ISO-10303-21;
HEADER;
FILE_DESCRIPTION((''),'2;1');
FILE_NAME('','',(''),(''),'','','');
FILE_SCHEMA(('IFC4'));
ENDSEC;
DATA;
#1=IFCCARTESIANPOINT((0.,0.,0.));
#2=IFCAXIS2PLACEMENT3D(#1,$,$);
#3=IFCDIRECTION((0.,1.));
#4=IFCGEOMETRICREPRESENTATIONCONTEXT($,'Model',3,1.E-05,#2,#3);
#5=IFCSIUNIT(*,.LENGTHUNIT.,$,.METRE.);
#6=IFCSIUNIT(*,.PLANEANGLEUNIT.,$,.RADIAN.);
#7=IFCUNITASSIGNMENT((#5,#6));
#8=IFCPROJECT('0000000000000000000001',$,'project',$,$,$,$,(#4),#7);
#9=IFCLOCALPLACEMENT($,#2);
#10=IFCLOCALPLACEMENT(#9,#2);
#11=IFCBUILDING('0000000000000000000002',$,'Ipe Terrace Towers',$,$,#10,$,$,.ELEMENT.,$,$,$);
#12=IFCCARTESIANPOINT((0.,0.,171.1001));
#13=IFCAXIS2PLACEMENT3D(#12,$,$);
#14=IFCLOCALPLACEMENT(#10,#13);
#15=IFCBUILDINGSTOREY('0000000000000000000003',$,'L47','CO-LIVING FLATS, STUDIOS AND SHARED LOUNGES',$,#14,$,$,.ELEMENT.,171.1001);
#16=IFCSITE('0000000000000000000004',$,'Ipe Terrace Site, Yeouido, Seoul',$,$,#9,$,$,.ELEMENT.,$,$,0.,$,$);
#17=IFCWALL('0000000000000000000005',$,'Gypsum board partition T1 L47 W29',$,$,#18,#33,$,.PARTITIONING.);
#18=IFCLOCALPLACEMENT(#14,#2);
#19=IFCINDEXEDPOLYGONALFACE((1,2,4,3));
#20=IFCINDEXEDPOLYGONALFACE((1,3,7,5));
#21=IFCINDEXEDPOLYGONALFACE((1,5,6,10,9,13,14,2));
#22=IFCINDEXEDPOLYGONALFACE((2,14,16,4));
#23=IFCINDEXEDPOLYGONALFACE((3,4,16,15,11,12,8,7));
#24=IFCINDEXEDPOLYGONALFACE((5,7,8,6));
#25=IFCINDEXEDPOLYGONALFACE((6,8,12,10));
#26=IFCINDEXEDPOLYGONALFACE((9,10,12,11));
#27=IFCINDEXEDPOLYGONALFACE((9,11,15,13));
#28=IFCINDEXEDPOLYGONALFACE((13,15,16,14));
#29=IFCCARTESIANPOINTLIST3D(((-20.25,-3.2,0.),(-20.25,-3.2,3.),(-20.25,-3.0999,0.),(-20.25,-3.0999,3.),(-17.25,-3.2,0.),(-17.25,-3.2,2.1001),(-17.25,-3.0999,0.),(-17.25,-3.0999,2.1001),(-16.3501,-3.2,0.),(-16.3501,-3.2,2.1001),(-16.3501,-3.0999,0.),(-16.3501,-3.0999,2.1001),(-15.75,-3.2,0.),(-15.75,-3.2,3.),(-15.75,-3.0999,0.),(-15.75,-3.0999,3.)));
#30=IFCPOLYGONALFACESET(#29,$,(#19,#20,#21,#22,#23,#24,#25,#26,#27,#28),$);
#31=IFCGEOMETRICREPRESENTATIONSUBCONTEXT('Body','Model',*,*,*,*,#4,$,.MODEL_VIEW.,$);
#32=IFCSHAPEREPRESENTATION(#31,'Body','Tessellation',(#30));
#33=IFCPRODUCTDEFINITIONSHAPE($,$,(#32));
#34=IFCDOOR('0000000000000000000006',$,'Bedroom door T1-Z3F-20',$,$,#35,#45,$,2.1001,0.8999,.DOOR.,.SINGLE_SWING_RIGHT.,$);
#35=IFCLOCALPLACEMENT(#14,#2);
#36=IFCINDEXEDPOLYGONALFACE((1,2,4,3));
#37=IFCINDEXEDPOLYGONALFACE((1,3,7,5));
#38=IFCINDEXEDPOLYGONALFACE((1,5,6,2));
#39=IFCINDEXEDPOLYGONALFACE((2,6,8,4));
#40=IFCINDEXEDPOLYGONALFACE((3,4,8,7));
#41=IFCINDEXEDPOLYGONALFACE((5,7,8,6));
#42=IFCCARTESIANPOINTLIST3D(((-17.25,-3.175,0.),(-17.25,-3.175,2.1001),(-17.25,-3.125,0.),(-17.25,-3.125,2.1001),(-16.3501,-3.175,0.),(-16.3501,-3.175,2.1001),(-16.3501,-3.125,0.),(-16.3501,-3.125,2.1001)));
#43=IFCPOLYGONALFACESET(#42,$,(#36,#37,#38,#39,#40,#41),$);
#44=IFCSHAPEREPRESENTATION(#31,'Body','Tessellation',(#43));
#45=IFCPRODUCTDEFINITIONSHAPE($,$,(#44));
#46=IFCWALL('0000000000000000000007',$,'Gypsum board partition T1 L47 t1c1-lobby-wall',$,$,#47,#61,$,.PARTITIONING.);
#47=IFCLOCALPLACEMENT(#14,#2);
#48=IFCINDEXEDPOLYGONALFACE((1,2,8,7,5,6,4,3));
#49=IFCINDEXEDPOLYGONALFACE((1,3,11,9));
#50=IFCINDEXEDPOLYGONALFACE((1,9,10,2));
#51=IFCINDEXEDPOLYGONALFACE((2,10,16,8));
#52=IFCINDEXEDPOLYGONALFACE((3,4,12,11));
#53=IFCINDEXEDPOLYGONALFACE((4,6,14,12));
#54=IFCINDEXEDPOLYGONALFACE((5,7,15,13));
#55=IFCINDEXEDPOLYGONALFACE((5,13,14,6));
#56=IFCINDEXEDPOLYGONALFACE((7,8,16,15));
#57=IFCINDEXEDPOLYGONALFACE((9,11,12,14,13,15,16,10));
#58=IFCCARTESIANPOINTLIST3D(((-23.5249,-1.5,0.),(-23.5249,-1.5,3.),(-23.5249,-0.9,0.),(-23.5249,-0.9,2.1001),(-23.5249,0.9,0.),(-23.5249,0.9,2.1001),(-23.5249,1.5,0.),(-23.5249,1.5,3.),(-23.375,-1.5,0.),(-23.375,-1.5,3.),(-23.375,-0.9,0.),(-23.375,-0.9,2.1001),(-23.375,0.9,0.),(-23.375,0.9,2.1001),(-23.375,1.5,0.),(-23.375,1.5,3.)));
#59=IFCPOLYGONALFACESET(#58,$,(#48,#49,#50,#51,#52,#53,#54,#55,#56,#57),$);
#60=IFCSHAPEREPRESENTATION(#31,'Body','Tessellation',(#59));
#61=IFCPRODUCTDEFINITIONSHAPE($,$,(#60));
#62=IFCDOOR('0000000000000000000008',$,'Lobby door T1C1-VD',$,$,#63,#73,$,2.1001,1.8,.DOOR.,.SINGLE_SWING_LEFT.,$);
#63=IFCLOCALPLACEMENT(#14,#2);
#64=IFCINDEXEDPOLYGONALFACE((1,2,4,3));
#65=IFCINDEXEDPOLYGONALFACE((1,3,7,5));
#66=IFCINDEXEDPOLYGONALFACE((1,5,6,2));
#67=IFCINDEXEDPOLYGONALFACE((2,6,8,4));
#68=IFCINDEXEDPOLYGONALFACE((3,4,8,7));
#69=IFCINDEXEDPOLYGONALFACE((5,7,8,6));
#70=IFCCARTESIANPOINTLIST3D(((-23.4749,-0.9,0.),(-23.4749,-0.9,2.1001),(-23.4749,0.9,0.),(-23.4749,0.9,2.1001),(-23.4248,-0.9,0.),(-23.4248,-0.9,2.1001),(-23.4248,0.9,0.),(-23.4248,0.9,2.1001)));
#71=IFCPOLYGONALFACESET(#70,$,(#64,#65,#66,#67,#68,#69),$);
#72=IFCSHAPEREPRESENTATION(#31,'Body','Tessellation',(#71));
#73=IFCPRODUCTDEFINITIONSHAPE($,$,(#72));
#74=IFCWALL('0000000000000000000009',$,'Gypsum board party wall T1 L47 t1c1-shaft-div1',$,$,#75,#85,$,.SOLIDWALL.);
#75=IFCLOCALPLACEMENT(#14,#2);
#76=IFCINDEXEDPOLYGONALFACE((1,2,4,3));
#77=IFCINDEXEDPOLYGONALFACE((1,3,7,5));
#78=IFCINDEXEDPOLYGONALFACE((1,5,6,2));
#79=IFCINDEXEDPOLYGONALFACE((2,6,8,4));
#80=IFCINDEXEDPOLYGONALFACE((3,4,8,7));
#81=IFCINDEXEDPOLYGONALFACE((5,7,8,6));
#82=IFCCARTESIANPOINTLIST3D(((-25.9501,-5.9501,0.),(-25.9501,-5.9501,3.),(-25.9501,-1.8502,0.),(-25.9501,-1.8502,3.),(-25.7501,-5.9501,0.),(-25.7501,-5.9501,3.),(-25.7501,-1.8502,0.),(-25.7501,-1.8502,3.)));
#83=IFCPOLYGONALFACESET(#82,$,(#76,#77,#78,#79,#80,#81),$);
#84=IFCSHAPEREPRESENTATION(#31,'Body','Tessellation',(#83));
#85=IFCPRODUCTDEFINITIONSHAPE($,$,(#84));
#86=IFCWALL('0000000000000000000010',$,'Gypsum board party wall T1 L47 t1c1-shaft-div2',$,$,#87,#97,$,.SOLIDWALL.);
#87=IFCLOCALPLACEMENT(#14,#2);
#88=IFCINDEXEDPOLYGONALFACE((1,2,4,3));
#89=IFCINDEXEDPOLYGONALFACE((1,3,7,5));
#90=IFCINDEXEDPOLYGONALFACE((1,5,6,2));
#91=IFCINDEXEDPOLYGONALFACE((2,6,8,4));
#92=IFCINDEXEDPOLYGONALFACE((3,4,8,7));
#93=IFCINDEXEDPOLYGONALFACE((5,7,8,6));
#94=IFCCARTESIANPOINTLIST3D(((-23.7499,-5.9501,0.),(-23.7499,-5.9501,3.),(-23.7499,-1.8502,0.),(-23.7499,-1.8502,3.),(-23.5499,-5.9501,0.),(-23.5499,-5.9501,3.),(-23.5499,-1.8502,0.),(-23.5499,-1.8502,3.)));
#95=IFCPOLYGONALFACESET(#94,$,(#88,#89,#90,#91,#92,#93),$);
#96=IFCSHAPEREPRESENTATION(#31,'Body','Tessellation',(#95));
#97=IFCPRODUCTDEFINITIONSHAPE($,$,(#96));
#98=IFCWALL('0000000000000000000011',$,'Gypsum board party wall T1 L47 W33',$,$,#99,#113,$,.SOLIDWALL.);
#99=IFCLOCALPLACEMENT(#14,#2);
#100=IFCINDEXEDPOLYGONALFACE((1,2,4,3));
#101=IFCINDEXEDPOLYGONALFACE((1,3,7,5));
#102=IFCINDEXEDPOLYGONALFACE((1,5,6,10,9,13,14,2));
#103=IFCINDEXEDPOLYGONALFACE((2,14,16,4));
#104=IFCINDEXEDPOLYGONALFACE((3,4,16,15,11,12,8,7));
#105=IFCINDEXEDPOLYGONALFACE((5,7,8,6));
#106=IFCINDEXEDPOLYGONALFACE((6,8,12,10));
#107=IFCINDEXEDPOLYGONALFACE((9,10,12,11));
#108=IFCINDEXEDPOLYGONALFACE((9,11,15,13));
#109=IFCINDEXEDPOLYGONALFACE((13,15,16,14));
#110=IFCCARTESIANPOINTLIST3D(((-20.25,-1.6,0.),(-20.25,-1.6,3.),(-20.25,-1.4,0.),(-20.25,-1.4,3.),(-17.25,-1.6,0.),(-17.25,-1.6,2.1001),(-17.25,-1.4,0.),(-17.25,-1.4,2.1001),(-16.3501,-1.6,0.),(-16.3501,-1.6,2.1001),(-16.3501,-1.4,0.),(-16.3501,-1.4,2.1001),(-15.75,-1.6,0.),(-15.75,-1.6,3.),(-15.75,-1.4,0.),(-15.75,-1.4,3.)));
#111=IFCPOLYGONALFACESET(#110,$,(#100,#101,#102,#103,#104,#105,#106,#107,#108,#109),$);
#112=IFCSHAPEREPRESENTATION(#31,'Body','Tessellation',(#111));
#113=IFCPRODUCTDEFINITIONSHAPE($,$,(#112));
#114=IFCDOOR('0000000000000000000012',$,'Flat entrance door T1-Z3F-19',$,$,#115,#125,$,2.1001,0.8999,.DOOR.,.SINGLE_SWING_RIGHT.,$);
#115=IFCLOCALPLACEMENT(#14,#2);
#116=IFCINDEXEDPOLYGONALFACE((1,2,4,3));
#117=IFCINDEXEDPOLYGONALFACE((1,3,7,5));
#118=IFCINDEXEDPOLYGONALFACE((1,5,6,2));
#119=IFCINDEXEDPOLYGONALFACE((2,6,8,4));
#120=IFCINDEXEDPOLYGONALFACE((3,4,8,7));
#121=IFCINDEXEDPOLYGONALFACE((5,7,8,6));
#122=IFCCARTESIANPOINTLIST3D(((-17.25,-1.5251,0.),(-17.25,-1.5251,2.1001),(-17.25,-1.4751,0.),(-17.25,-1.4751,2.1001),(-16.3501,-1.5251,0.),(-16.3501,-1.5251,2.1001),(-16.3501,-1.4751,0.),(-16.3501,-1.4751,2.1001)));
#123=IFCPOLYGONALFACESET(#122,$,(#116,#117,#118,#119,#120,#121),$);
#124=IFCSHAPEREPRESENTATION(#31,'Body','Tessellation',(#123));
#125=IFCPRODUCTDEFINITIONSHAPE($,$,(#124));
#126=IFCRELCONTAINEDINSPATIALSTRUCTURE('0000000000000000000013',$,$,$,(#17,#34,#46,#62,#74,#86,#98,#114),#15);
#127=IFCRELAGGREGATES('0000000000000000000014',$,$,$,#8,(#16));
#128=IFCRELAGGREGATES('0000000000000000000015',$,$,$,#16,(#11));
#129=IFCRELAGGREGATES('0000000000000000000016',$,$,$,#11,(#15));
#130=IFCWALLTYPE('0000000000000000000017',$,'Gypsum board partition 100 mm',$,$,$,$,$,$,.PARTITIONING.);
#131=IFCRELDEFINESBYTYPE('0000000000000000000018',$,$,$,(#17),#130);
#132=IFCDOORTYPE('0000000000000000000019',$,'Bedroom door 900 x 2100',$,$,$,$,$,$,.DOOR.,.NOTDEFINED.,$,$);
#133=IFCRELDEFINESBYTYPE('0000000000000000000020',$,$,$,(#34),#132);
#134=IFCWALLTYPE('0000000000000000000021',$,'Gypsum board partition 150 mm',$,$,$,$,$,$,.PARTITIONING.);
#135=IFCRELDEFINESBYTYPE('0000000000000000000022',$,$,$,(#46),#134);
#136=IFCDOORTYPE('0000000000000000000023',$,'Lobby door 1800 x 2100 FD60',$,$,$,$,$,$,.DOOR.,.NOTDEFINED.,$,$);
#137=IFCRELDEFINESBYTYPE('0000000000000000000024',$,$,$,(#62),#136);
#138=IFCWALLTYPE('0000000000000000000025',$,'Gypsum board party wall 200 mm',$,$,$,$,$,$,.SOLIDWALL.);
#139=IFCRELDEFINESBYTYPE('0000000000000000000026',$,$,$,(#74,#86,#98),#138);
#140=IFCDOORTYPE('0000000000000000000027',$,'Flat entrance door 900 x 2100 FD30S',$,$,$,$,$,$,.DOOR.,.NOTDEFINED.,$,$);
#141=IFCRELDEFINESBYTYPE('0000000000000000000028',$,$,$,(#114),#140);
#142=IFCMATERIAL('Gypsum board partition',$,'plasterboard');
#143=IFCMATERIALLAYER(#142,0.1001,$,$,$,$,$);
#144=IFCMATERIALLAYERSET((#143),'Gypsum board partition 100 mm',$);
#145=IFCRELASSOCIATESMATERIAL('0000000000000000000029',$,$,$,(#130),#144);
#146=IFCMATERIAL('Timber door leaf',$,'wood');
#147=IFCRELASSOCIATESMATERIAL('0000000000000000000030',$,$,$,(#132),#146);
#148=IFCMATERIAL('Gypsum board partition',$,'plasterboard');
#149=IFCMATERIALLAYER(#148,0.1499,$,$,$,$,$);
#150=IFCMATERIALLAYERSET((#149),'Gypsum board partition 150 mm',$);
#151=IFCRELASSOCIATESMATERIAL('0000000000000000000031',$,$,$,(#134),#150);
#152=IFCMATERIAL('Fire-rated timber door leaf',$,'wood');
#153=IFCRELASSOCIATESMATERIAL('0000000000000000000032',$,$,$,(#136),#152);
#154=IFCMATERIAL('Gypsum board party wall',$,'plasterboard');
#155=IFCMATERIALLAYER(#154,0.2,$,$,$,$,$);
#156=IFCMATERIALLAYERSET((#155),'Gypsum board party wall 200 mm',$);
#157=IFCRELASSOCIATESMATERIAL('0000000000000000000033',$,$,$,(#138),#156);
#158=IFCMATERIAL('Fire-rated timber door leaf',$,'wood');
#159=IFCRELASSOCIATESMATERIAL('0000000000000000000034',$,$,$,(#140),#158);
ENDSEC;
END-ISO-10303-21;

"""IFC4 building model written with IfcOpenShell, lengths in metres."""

from ifc_helpers import new_model, si_unit, direction, frame, frame_2d, origin, place, context, subcontext, project, spatial, rectangle, extrude, material, layer, layer_set, type_object, element, fill, save


model = new_model("IFC4")

# Units and contexts
model_context = context("Model", 3, precision=1e-05, world=origin(), true_north=direction((0.0, 1.0)))
body_context = subcontext(model_context, "Body", "Model", "MODEL_VIEW")
ifc_project = project(units=[si_unit("LENGTHUNIT", "METRE"), si_unit("PLANEANGLEUNIT", "RADIAN")], contexts=[model_context])

# Site, building, storey
site_placement = place(None, origin())
site = spatial("IfcSite", under=ifc_project, at=site_placement, Name="Ipe Terrace Site, Yeouido, Seoul", CompositionType="ELEMENT", RefElevation=0.0)
building_placement = place(site_placement, origin())
building = spatial("IfcBuilding", under=site, at=building_placement, Name="Ipe Terrace Towers", CompositionType="ELEMENT")
storey_placement = place(building_placement, frame((0.0, 0.0, 171.1001)))
storey = spatial("IfcBuildingStorey", under=building, at=storey_placement, Name="L47", Description="CO-LIVING FLATS, STUDIOS AND SHARED LOUNGES", CompositionType="ELEMENT", Elevation=171.1001)

# Walls, openings, doors
ifc_material_1 = material(Name="Gypsum board partition", Category="plasterboard")
ifc_layer_1 = layer(ifc_material_1, 0.1001)
ifc_layer_set_1 = layer_set([ifc_layer_1], Name="Gypsum board partition 100 mm")
wall_type_1 = type_object("IfcWallType", Name="Gypsum board partition 100 mm", PredefinedType="PARTITIONING", material=ifc_layer_set_1)
wall_1_placement = place(storey_placement, frame((-20.25, -3.1499, 0.0), z_axis=(0.0, 0.0, 1.0), x_axis=(1.0, 0.0, 0.0)))
wall_1 = element("IfcWall", 1, at=wall_1_placement, inside=storey, type_object=wall_type_1, Name="Gypsum board partition T1 L47 W29", PredefinedType="PARTITIONING", context=body_context, shape_type="SweptSolid", body=[
    extrude(rectangle(XDim=4.5, YDim=0.1001, at=frame_2d((2.25, 0.0))), origin(), (0.0, 0.0, 1.0), 3.0),
])
opening_1_placement = place(wall_1_placement, frame((3.0, 0.0, 0.0)))
opening_1 = element("IfcOpeningElement", 2, at=opening_1_placement, cuts=wall_1, PredefinedType="OPENING", context=body_context, shape_type="SweptSolid", body=[
    extrude(rectangle(XDim=0.8999, YDim=2.1001, at=frame_2d((0.45, 1.05))), frame((0.0, 0.0601, 0.0), z_axis=(0.0, -1.0, 0.0), x_axis=(1.0, 0.0, 0.0)), (0.0, 0.0, 1.0), 0.1201),
])
ifc_material_2 = material(Name="Timber door leaf", Category="wood")
door_type_1 = type_object("IfcDoorType", Name="Bedroom door 900 x 2100", OperationType="NOTDEFINED", PredefinedType="DOOR", material=ifc_material_2)
door_1_placement = place(opening_1_placement, origin())
door_1 = element("IfcDoor", 3, at=door_1_placement, inside=storey, type_object=door_type_1, Name="Bedroom door T1-Z3F-20", OperationType="SINGLE_SWING_RIGHT", OverallHeight=2.1001, OverallWidth=0.8999, PredefinedType="DOOR", context=body_context, shape_type="SweptSolid", body=[
    extrude(rectangle(XDim=0.8999, YDim=2.1001, at=frame_2d((0.45, 1.05))), frame((0.0, 0.0249, 0.0), z_axis=(0.0, -1.0, 0.0), x_axis=(1.0, 0.0, 0.0)), (0.0, 0.0, 1.0), 0.05),
])
fill(opening_1, door_1)
ifc_material_3 = material(Name="Gypsum board partition", Category="plasterboard")
ifc_layer_2 = layer(ifc_material_3, 0.1499)
ifc_layer_set_2 = layer_set([ifc_layer_2], Name="Gypsum board partition 150 mm")
wall_type_2 = type_object("IfcWallType", Name="Gypsum board partition 150 mm", PredefinedType="PARTITIONING", material=ifc_layer_set_2)
wall_2_placement = place(storey_placement, frame((-23.45, -1.5, 0.0), z_axis=(0.0, 0.0, 1.0), x_axis=(0.0, 1.0, 0.0)))
wall_2 = element("IfcWall", 4, at=wall_2_placement, inside=storey, type_object=wall_type_2, Name="Gypsum board partition T1 L47 t1c1-lobby-wall", PredefinedType="PARTITIONING", context=body_context, shape_type="SweptSolid", body=[
    extrude(rectangle(XDim=3.0, YDim=0.1499, at=frame_2d((1.5, 0.0))), origin(), (0.0, 0.0, 1.0), 3.0),
])
opening_2_placement = place(wall_2_placement, frame((0.6001, 0.0, 0.0)))
opening_2 = element("IfcOpeningElement", 5, at=opening_2_placement, cuts=wall_2, PredefinedType="OPENING", context=body_context, shape_type="SweptSolid", body=[
    extrude(rectangle(XDim=1.8, YDim=2.1001, at=frame_2d((0.8999, 1.05))), frame((0.0, 0.085, 0.0), z_axis=(0.0, -1.0, 0.0), x_axis=(1.0, 0.0, 0.0)), (0.0, 0.0, 1.0), 0.1699),
])
ifc_material_4 = material(Name="Fire-rated timber door leaf", Category="wood")
door_type_2 = type_object("IfcDoorType", Name="Lobby door 1800 x 2100 FD60", OperationType="NOTDEFINED", PredefinedType="DOOR", material=ifc_material_4)
door_2_placement = place(opening_2_placement, origin())
door_2 = element("IfcDoor", 6, at=door_2_placement, inside=storey, type_object=door_type_2, Name="Lobby door T1C1-VD", OperationType="SINGLE_SWING_LEFT", OverallHeight=2.1001, OverallWidth=1.8, PredefinedType="DOOR", context=body_context, shape_type="SweptSolid", body=[
    extrude(rectangle(XDim=1.8, YDim=2.1001, at=frame_2d((0.8999, 1.05))), frame((0.0, 0.0249, 0.0), z_axis=(0.0, -1.0, 0.0), x_axis=(1.0, 0.0, 0.0)), (0.0, 0.0, 1.0), 0.05),
])
fill(opening_2, door_2)

# Walls
ifc_material_5 = material(Name="Gypsum board party wall", Category="plasterboard")
ifc_layer_3 = layer(ifc_material_5, 0.2)
ifc_layer_set_3 = layer_set([ifc_layer_3], Name="Gypsum board party wall 200 mm")
wall_type_3 = type_object("IfcWallType", Name="Gypsum board party wall 200 mm", PredefinedType="SOLIDWALL", material=ifc_layer_set_3)
for number, where, z_axis, x_axis, name in (
    (7, (-25.8501, -5.95, 0.0), (0.0, 0.0, 1.0), (0.0, 1.0, 0.0), "Gypsum board party wall T1 L47 t1c1-shaft-div1"),
    (8, (-23.6499, -5.95, 0.0), (0.0, 0.0, 1.0), (0.0, 1.0, 0.0), "Gypsum board party wall T1 L47 t1c1-shaft-div2"),
):
    element("IfcWall", number, at=place(storey_placement, frame(where, z_axis=z_axis, x_axis=x_axis)), inside=storey, type_object=wall_type_3, Name=name, PredefinedType="SOLIDWALL", context=body_context, shape_type="SweptSolid", body=[
        extrude(rectangle(XDim=4.0999, YDim=0.2, at=frame_2d((2.0498, 0.0))), origin(), (0.0, 0.0, 1.0), 3.0),
    ])

# Wall, opening, door
wall_3_placement = place(storey_placement, frame((-20.25, -1.5, 0.0), z_axis=(0.0, 0.0, 1.0), x_axis=(1.0, 0.0, 0.0)))
wall_3 = element("IfcWall", 9, at=wall_3_placement, inside=storey, type_object=wall_type_3, Name="Gypsum board party wall T1 L47 W33", PredefinedType="SOLIDWALL", context=body_context, shape_type="SweptSolid", body=[
    extrude(rectangle(XDim=4.5, YDim=0.2, at=frame_2d((2.25, 0.0))), origin(), (0.0, 0.0, 1.0), 3.0),
])
opening_3_placement = place(wall_3_placement, frame((3.0, 0.0, 0.0)))
opening_3 = element("IfcOpeningElement", 10, at=opening_3_placement, cuts=wall_3, PredefinedType="OPENING", context=body_context, shape_type="SweptSolid", body=[
    extrude(rectangle(XDim=0.8999, YDim=2.1001, at=frame_2d((0.45, 1.05))), frame((0.0, 0.1099, 0.0), z_axis=(0.0, -1.0, 0.0), x_axis=(1.0, 0.0, 0.0)), (0.0, 0.0, 1.0), 0.22),
])
ifc_material_6 = material(Name="Fire-rated timber door leaf", Category="wood")
door_type_3 = type_object("IfcDoorType", Name="Flat entrance door 900 x 2100 FD30S", OperationType="NOTDEFINED", PredefinedType="DOOR", material=ifc_material_6)
door_3_placement = place(opening_3_placement, origin())
door_3 = element("IfcDoor", 11, at=door_3_placement, inside=storey, type_object=door_type_3, Name="Flat entrance door T1-Z3F-19", OperationType="SINGLE_SWING_RIGHT", OverallHeight=2.1001, OverallWidth=0.8999, PredefinedType="DOOR", context=body_context, shape_type="SweptSolid", body=[
    extrude(rectangle(XDim=0.8999, YDim=2.1001, at=frame_2d((0.45, 1.05))), frame((0.0, 0.0249, 0.0), z_axis=(0.0, -1.0, 0.0), x_axis=(1.0, 0.0, 0.0)), (0.0, 0.0, 1.0), 0.05),
])
fill(opening_3, door_3)

save(model, "model.ifc")
